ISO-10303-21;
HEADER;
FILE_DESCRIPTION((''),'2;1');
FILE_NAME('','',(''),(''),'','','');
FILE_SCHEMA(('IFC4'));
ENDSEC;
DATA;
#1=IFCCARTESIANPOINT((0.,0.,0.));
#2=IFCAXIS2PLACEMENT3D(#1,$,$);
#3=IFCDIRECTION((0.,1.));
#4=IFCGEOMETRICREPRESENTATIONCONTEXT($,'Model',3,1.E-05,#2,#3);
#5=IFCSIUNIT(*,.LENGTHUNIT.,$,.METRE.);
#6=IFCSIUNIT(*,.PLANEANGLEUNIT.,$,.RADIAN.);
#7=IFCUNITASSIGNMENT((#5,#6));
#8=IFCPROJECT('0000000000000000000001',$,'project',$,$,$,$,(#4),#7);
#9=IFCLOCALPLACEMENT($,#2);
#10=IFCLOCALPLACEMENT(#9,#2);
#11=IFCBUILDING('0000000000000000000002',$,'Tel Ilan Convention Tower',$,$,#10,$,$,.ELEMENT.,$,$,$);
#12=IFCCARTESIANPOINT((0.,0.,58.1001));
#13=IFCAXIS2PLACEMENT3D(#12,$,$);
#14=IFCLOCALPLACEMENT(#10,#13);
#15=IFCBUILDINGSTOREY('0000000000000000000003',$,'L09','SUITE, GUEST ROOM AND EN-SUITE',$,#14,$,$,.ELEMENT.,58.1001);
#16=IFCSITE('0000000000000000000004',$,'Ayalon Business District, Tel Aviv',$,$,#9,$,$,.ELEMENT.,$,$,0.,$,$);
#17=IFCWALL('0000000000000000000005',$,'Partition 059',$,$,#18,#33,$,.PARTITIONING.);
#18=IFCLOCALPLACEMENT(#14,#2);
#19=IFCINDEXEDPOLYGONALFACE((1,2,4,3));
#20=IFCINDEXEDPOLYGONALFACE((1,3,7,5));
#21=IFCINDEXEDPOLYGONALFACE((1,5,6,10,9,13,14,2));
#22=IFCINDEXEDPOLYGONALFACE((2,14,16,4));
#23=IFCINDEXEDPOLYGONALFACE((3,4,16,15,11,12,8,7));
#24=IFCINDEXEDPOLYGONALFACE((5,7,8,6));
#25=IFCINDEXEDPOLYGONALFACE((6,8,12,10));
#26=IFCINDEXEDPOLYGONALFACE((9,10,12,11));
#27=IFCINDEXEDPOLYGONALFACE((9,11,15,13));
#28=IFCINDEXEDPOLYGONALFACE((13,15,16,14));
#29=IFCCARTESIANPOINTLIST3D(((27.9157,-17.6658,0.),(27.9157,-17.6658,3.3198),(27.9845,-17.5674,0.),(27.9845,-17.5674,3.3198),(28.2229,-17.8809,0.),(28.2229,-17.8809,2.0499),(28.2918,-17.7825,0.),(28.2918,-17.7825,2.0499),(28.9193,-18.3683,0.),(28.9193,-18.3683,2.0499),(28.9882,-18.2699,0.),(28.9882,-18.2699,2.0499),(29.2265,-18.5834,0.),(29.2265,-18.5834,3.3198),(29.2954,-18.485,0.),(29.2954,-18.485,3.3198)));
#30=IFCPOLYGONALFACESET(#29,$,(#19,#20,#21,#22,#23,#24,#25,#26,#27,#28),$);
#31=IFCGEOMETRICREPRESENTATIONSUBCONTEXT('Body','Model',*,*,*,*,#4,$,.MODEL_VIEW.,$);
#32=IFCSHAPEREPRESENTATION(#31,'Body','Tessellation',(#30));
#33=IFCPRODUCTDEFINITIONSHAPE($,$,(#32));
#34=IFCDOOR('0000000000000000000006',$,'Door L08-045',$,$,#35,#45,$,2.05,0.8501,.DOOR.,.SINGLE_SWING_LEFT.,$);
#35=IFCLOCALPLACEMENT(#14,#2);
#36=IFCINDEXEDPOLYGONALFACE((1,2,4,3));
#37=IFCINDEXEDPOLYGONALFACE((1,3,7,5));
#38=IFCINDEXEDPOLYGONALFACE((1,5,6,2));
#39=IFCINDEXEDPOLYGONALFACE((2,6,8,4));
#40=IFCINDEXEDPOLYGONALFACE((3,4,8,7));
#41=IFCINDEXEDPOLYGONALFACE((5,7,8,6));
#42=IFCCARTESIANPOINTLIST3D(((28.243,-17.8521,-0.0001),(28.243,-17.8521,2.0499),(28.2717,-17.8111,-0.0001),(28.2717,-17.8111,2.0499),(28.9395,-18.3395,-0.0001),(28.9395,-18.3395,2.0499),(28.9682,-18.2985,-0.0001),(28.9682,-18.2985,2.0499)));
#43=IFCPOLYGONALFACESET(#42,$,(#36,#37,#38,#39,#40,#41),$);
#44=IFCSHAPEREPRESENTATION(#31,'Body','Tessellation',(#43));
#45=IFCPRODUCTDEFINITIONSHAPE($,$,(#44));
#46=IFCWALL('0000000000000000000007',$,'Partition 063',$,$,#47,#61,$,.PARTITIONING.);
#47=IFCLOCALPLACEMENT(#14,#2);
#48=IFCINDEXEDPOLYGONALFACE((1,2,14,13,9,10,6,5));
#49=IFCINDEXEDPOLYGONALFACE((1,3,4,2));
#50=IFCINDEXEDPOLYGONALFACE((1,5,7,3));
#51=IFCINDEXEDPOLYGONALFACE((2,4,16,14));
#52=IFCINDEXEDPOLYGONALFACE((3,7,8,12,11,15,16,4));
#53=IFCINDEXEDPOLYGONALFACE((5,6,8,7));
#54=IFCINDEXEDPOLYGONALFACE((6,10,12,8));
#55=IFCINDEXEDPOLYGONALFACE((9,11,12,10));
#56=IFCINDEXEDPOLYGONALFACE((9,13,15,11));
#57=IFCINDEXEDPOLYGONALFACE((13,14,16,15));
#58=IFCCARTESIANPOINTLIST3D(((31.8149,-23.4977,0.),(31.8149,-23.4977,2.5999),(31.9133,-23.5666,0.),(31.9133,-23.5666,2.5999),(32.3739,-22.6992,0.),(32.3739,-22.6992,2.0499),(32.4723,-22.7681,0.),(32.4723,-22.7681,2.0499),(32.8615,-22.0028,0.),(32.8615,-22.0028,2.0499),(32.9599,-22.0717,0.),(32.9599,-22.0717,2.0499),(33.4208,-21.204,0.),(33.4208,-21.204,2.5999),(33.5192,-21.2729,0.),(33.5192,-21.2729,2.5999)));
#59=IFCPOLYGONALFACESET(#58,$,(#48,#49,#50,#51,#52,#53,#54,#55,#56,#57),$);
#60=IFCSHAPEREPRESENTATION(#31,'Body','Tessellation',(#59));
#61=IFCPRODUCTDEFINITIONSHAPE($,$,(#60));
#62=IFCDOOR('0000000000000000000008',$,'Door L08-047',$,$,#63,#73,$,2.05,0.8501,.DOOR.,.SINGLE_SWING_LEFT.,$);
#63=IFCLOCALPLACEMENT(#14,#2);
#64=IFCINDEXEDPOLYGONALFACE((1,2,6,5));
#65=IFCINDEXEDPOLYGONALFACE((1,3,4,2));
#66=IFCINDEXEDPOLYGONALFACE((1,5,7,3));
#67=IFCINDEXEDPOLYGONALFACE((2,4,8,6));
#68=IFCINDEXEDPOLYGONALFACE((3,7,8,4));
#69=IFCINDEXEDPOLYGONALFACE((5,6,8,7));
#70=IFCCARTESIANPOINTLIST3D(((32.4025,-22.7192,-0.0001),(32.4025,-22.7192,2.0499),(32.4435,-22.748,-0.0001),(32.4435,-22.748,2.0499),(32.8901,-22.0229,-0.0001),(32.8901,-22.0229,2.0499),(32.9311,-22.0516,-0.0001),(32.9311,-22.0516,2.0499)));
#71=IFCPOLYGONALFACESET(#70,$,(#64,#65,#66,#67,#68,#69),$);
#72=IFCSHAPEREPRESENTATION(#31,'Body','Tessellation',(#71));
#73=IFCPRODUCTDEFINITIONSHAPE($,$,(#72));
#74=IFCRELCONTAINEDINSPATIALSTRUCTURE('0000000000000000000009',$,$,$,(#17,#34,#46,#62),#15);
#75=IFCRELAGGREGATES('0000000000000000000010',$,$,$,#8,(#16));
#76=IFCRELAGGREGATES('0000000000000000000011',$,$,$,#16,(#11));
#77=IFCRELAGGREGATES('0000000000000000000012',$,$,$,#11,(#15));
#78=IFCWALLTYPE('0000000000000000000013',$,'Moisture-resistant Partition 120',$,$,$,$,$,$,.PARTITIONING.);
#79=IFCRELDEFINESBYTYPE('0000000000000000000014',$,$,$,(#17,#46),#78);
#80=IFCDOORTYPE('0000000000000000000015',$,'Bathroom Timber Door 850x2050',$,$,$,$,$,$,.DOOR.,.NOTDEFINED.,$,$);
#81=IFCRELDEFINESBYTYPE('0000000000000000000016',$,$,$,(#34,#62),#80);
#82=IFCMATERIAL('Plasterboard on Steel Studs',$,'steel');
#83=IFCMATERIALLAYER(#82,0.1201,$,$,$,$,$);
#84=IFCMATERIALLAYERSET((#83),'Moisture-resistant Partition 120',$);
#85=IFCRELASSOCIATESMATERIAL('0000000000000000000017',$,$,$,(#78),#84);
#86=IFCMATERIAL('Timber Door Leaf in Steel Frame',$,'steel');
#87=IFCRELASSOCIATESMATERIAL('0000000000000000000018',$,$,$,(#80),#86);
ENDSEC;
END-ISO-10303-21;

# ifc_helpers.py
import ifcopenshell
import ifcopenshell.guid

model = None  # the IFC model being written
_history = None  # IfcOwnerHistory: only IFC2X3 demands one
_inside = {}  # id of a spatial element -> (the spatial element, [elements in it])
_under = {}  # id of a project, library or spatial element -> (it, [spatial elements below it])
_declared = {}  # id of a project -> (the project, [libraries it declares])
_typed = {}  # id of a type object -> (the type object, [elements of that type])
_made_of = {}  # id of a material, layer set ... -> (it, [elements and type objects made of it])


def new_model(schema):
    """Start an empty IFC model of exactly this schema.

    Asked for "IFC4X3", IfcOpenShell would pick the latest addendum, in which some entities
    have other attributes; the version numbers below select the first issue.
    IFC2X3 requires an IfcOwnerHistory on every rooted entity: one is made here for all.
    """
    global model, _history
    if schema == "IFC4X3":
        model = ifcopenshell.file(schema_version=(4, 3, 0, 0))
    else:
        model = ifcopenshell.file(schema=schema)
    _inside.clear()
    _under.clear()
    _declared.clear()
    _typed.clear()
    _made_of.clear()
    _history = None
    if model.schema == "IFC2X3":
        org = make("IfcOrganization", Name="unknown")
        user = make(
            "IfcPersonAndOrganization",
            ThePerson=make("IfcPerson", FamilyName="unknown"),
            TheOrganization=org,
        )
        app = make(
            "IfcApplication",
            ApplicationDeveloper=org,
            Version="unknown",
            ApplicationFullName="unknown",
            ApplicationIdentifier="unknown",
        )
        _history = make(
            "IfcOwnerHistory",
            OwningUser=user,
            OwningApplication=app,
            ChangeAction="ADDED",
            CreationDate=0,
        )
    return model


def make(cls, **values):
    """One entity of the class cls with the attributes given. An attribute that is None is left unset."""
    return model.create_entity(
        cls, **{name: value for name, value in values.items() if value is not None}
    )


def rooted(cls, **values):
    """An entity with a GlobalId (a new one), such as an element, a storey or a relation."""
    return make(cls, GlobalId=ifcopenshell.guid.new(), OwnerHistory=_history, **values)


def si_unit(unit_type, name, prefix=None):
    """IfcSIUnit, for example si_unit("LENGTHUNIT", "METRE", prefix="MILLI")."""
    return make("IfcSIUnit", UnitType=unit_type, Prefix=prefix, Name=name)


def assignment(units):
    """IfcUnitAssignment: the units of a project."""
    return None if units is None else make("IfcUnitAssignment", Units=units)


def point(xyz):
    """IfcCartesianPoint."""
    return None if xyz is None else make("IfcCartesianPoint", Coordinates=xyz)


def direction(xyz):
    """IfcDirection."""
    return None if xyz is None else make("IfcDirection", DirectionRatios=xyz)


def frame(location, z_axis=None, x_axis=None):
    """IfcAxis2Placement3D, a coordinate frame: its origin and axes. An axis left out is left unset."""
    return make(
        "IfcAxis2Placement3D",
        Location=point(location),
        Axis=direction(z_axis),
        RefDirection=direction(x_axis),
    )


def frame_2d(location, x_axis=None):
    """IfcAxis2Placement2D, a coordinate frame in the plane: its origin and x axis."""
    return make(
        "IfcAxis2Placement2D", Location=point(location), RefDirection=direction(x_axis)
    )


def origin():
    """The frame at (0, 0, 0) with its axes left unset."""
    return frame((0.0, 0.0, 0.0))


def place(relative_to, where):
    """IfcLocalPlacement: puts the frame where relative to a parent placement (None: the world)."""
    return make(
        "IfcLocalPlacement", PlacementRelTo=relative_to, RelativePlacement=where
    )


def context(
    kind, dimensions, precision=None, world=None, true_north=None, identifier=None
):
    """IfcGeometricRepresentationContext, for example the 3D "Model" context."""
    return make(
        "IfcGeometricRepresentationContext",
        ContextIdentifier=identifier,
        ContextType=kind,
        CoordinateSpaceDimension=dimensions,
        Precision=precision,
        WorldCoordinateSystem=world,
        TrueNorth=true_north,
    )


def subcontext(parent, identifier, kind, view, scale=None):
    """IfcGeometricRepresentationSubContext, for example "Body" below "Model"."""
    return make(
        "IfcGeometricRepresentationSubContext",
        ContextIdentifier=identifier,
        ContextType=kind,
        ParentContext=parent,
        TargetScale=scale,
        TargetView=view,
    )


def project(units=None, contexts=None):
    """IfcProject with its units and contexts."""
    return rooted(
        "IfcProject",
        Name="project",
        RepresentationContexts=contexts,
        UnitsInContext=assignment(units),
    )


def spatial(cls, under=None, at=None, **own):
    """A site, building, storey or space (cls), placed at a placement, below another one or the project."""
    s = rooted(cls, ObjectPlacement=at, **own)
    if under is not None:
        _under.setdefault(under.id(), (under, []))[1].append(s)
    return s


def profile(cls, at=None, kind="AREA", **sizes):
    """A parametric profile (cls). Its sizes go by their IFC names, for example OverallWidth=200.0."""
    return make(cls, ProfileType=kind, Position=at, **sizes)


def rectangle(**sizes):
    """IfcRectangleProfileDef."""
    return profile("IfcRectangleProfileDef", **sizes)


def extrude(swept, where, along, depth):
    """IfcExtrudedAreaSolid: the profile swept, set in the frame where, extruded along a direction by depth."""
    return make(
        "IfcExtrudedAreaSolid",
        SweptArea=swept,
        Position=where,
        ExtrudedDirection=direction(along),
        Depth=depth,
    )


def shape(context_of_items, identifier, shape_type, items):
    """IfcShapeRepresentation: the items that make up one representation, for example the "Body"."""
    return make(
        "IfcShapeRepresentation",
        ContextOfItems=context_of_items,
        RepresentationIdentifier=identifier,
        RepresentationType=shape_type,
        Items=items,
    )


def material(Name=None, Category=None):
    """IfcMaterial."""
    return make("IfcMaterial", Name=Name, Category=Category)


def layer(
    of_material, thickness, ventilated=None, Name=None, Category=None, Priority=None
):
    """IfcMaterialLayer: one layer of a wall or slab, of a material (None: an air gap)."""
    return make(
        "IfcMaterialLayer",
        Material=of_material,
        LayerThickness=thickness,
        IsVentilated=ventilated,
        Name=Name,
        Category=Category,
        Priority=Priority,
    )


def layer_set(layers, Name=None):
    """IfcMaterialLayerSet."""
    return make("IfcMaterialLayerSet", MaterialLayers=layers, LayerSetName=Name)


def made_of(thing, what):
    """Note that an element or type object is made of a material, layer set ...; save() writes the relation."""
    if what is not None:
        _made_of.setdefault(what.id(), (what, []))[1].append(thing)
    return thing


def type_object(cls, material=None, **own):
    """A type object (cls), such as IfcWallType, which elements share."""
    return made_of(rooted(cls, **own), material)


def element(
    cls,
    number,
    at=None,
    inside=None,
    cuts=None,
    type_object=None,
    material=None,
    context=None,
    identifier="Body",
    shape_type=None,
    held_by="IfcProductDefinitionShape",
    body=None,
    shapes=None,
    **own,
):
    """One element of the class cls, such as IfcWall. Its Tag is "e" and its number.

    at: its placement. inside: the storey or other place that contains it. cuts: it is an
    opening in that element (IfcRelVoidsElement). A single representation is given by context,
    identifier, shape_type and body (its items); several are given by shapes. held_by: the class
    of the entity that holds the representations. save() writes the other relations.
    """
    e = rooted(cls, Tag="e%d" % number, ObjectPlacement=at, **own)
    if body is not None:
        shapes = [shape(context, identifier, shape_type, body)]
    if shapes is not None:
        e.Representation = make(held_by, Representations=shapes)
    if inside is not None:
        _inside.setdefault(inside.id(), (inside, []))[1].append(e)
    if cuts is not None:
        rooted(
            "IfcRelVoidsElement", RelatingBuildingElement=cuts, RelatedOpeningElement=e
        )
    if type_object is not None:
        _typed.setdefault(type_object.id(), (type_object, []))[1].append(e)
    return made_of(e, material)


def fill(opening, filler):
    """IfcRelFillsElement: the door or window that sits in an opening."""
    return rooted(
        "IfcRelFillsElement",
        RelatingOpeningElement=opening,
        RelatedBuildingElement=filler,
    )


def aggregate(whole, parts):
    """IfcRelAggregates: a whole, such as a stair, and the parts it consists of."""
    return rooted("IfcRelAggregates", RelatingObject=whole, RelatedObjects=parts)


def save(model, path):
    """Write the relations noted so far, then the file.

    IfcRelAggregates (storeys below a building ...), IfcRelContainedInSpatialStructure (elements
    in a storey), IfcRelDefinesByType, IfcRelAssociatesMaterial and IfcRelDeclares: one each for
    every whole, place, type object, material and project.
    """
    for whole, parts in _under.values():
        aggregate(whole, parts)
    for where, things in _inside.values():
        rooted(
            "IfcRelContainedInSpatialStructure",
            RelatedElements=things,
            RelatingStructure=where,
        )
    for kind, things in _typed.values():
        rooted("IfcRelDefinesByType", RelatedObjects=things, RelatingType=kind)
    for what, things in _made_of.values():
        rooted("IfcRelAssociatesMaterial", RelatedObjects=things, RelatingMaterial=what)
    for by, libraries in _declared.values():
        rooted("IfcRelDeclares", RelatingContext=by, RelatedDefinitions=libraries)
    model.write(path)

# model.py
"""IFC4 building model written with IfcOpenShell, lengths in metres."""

from ifc_helpers import new_model, si_unit, direction, frame, frame_2d, origin, place, context, subcontext, project, spatial, rectangle, extrude, material, layer, layer_set, type_object, element, fill, save


model = new_model("IFC4")

# Units and contexts
model_context = context("Model", 3, precision=1e-05, world=origin(), true_north=direction((0.0, 1.0)))
body_context = subcontext(model_context, "Body", "Model", "MODEL_VIEW")
ifc_project = project(units=[si_unit("LENGTHUNIT", "METRE"), si_unit("PLANEANGLEUNIT", "RADIAN")], contexts=[model_context])

# Site, building, storey
site_placement = place(None, origin())
site = spatial("IfcSite", under=ifc_project, at=site_placement, Name="Ayalon Business District, Tel Aviv", CompositionType="ELEMENT", RefElevation=0.0)
building_placement = place(site_placement, origin())
building = spatial("IfcBuilding", under=site, at=building_placement, Name="Tel Ilan Convention Tower", CompositionType="ELEMENT")
storey_placement = place(building_placement, frame((0.0, 0.0, 58.1001)))
storey = spatial("IfcBuildingStorey", under=building, at=storey_placement, Name="L09", Description="SUITE, GUEST ROOM AND EN-SUITE", CompositionType="ELEMENT", Elevation=58.1001)

# Walls, openings, doors
ifc_material_1 = material(Name="Plasterboard on Steel Studs", Category="steel")
ifc_layer_1 = layer(ifc_material_1, 0.1201)
ifc_layer_set_1 = layer_set([ifc_layer_1], Name="Moisture-resistant Partition 120")
wall_type_1 = type_object("IfcWallType", Name="Moisture-resistant Partition 120", PredefinedType="PARTITIONING", material=ifc_layer_set_1)
wall_1_placement = place(storey_placement, frame((29.261, -18.5342, 0.0), z_axis=(0.0, 0.0, 1.0), x_axis=(-0.819253, 0.573432, 0.0)))
wall_1 = element("IfcWall", 1, at=wall_1_placement, inside=storey, type_object=wall_type_1, Name="Partition 059", PredefinedType="PARTITIONING", context=body_context, shape_type="SweptSolid", body=[
    extrude(rectangle(XDim=1.6001, YDim=0.1201, at=frame_2d((0.8, 0.0))), origin(), (0.0, 0.0, 1.0), 3.3198),
])
opening_1_placement = place(wall_1_placement, frame((0.375, 0.0, 0.0)))
opening_1 = element("IfcOpeningElement", 2, at=opening_1_placement, cuts=wall_1, PredefinedType="OPENING", context=body_context, shape_type="SweptSolid", body=[
    extrude(rectangle(XDim=0.8501, YDim=2.05, at=frame_2d((0.425, 1.0249))), frame((0.0, 0.0701, 0.0), z_axis=(0.0, -1.0, 0.0), x_axis=(1.0, 0.0, 0.0)), (0.0, 0.0, 1.0), 0.1401),
])
ifc_material_2 = material(Name="Timber Door Leaf in Steel Frame", Category="steel")
door_type_1 = type_object("IfcDoorType", Name="Bathroom Timber Door 850x2050", OperationType="NOTDEFINED", PredefinedType="DOOR", material=ifc_material_2)
door_1_placement = place(opening_1_placement, origin())
door_1 = element("IfcDoor", 3, at=door_1_placement, inside=storey, type_object=door_type_1, Name="Door L08-045", OperationType="SINGLE_SWING_LEFT", OverallHeight=2.05, OverallWidth=0.8501, PredefinedType="DOOR", context=body_context, shape_type="SweptSolid", body=[
    extrude(rectangle(XDim=0.8501, YDim=2.05, at=frame_2d((0.425, 1.0249))), frame((0.0, 0.0249, 0.0), z_axis=(0.0, -1.0, 0.0), x_axis=(1.0, 0.0, 0.0)), (0.0, 0.0, 1.0), 0.05),
])
fill(opening_1, door_1)
wall_2_placement = place(storey_placement, frame((33.47, -21.2385, 0.0), z_axis=(0.0, 0.0, 1.0), x_axis=(-0.57355, -0.81917, 0.0)))
wall_2 = element("IfcWall", 4, at=wall_2_placement, inside=storey, type_object=wall_type_1, Name="Partition 063", PredefinedType="PARTITIONING", context=body_context, shape_type="SweptSolid", body=[
    extrude(rectangle(XDim=2.8, YDim=0.1201, at=frame_2d((1.3999, 0.0))), origin(), (0.0, 0.0, 1.0), 2.5999),
])
opening_2_placement = place(wall_2_placement, frame((0.9751, 0.0, 0.0)))
opening_2 = element("IfcOpeningElement", 5, at=opening_2_placement, cuts=wall_2, PredefinedType="OPENING", context=body_context, shape_type="SweptSolid", body=[
    extrude(rectangle(XDim=0.8501, YDim=2.05, at=frame_2d((0.425, 1.0249))), frame((0.0, 0.0701, 0.0), z_axis=(0.0, -1.0, 0.0), x_axis=(1.0, 0.0, 0.0)), (0.0, 0.0, 1.0), 0.1401),
])
door_2_placement = place(opening_2_placement, origin())
door_2 = element("IfcDoor", 6, at=door_2_placement, inside=storey, type_object=door_type_1, Name="Door L08-047", OperationType="SINGLE_SWING_LEFT", OverallHeight=2.05, OverallWidth=0.8501, PredefinedType="DOOR", context=body_context, shape_type="SweptSolid", body=[
    extrude(rectangle(XDim=0.8501, YDim=2.05, at=frame_2d((0.425, 1.0249))), frame((0.0, 0.0249, 0.0), z_axis=(0.0, -1.0, 0.0), x_axis=(1.0, 0.0, 0.0)), (0.0, 0.0, 1.0), 0.05),
])
fill(opening_2, door_2)

save(model, "model.ifc")
